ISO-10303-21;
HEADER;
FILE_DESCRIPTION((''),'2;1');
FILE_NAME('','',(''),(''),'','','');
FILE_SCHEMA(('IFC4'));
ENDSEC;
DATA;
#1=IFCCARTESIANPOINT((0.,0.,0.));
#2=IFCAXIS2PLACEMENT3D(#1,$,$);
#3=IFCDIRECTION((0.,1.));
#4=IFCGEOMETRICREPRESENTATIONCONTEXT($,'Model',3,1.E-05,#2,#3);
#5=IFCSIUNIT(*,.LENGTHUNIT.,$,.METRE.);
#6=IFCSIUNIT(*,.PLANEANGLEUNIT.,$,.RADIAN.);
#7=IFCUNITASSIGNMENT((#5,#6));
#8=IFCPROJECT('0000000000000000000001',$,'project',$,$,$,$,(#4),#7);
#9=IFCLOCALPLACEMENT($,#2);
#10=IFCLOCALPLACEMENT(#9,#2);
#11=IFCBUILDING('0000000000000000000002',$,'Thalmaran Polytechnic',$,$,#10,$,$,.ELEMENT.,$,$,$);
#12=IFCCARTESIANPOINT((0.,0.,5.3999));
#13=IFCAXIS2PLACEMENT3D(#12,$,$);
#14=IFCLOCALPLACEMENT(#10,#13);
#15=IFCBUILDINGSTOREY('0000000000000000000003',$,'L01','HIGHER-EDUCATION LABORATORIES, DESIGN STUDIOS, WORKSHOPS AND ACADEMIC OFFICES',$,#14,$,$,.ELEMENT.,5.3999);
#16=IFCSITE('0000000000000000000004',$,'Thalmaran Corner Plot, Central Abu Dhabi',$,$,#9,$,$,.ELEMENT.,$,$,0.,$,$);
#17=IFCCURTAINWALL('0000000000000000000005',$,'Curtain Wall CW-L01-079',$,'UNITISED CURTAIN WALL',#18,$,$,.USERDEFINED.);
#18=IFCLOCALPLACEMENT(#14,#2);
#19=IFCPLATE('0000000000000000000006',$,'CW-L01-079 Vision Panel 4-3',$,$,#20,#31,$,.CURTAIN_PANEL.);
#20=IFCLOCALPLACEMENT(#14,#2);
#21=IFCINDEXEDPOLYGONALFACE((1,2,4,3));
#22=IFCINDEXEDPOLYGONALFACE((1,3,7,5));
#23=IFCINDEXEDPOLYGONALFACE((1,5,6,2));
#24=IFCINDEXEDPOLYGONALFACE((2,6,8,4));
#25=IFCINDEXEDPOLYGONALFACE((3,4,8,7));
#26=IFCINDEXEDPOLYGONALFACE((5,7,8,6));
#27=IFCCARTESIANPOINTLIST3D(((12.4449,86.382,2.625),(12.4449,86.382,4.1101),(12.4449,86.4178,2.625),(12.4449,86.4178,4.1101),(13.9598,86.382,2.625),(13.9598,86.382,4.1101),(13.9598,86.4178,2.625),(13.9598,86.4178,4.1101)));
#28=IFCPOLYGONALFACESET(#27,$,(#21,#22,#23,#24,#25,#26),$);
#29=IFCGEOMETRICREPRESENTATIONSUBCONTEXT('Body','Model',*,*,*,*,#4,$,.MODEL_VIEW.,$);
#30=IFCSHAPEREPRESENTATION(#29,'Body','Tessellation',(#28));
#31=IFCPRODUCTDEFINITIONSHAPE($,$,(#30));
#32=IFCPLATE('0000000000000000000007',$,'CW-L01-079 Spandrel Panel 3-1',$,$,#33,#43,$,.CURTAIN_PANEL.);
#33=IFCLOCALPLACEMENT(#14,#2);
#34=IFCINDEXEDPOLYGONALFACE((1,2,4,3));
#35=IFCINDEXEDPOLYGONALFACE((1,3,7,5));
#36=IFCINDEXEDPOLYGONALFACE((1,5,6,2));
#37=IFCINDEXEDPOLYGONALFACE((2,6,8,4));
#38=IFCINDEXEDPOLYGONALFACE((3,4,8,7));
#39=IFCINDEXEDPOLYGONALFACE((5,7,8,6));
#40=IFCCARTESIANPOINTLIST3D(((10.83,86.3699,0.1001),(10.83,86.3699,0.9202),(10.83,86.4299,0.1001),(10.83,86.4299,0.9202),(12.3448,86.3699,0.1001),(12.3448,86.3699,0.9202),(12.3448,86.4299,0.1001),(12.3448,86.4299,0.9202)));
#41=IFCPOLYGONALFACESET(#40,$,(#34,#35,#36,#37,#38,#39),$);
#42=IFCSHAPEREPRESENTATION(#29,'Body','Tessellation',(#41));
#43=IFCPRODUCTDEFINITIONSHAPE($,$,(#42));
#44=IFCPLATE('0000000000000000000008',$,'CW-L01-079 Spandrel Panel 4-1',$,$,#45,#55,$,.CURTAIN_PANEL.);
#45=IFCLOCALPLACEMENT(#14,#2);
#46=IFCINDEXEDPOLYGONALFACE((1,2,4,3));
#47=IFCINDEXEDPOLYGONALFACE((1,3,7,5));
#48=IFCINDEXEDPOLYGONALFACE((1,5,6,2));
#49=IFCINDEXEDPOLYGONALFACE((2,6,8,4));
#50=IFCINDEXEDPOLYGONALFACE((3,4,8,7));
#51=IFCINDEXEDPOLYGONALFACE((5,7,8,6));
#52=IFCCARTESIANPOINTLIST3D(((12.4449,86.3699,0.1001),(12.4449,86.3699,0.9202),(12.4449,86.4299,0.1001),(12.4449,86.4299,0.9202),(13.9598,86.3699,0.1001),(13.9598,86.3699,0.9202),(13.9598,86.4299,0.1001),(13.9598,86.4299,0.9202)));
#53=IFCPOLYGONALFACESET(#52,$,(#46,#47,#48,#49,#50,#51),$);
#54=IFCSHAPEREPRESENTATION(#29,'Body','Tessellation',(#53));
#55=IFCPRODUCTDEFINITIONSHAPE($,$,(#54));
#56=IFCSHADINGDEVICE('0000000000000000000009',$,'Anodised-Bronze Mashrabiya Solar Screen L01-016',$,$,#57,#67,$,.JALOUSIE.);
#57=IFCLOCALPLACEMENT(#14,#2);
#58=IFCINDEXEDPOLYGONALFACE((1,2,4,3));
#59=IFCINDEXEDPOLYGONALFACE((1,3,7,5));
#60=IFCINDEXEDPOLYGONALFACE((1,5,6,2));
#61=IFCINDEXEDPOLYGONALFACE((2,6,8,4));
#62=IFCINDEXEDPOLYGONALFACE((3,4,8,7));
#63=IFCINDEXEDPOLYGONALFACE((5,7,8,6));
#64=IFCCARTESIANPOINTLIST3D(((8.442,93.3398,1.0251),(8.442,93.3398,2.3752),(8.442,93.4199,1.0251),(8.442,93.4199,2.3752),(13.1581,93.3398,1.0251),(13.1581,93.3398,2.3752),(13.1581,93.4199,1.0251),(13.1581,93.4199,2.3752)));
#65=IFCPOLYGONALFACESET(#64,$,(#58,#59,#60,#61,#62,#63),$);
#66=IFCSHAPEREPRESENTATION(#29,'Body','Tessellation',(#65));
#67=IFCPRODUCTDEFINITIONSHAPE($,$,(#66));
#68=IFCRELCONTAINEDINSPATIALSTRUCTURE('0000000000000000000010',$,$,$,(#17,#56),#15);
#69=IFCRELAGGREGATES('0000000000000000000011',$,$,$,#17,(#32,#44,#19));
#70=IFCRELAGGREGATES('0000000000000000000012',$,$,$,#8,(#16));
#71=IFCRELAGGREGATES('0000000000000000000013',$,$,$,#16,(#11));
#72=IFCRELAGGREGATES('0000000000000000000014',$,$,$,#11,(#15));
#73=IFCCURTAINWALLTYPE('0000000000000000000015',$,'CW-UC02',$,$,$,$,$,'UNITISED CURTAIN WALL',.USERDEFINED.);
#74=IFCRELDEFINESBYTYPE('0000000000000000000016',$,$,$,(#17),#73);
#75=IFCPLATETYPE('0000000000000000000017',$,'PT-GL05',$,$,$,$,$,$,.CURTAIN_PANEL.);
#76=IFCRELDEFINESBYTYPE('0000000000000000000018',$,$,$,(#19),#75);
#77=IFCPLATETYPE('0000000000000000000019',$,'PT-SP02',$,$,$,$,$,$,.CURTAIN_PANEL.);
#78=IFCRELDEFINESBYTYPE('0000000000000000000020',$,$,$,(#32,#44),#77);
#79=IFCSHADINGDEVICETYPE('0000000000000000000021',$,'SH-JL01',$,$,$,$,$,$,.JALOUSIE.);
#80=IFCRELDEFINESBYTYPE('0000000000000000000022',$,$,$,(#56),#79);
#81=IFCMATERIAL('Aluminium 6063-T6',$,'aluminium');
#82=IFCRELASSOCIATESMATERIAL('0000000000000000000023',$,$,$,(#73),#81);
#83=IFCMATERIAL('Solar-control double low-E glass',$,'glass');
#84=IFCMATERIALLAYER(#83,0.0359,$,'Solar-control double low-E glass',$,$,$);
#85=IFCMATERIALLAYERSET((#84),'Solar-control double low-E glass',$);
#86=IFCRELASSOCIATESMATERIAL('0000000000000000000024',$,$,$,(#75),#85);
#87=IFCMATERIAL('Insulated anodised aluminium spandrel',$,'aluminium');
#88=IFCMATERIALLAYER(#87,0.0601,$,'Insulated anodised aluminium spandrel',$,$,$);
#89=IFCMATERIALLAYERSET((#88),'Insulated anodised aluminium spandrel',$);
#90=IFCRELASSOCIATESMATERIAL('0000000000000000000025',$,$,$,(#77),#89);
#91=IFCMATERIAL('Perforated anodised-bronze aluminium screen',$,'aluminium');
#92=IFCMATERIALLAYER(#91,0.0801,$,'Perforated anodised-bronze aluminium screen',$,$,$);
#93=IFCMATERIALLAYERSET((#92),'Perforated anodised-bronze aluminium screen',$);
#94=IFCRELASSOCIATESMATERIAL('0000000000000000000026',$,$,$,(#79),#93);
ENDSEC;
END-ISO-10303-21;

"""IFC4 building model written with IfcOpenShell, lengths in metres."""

from ifc_helpers import new_model, si_unit, direction, frame, origin, origin_2d, place, context, subcontext, project, spatial, rectangle, extrude, material, layer, layer_set, type_object, element, aggregate, save


model = new_model("IFC4")

# Units and contexts
model_context = context("Model", 3, precision=1e-05, world=origin(), true_north=direction((0.0, 1.0)))
body_context = subcontext(model_context, "Body", "Model", "MODEL_VIEW")
ifc_project = project(units=[si_unit("LENGTHUNIT", "METRE"), si_unit("PLANEANGLEUNIT", "RADIAN")], contexts=[model_context])

# Site, building, storey
site_placement = place(None, origin())
site = spatial("IfcSite", under=ifc_project, at=site_placement, Name="Thalmaran Corner Plot, Central Abu Dhabi", CompositionType="ELEMENT", RefElevation=0.0)
building_placement = place(site_placement, origin())
building = spatial("IfcBuilding", under=site, at=building_placement, Name="Thalmaran Polytechnic", CompositionType="ELEMENT")
storey_placement = place(building_placement, frame((0.0, 0.0, 5.3999)))
storey = spatial("IfcBuildingStorey", under=building, at=storey_placement, Name="L01", Description="HIGHER-EDUCATION LABORATORIES, DESIGN STUDIOS, WORKSHOPS AND ACADEMIC OFFICES", CompositionType="ELEMENT", Elevation=5.3999)

# Curtain wall
ifc_material_1 = material(Name="Aluminium 6063-T6", Category="aluminium")
curtain_wall_type = type_object("IfcCurtainWallType", Name="CW-UC02", ElementType="UNITISED CURTAIN WALL", PredefinedType="USERDEFINED", material=ifc_material_1)
curtain_wall_placement = place(storey_placement, origin())
curtain_wall = element("IfcCurtainWall", 1, at=curtain_wall_placement, inside=storey, type_object=curtain_wall_type, Name="Curtain Wall CW-L01-079", ObjectType="UNITISED CURTAIN WALL", PredefinedType="USERDEFINED")

# Plates
ifc_material_2 = material(Name="Solar-control double low-E glass", Category="glass")
ifc_layer_1 = layer(ifc_material_2, 0.0359, Name="Solar-control double low-E glass")
ifc_layer_set_1 = layer_set([ifc_layer_1], Name="Solar-control double low-E glass")
plate_type_1 = type_object("IfcPlateType", Name="PT-GL05", PredefinedType="CURTAIN_PANEL", material=ifc_layer_set_1)
plate_1_placement = place(storey_placement, frame((13.2024, 86.3999, 2.625), z_axis=(0.0, 0.0, 1.0), x_axis=(1.0, 0.0, 0.0)))
plate_1 = element("IfcPlate", 2, at=plate_1_placement, type_object=plate_type_1, Name="CW-L01-079 Vision Panel 4-3", PredefinedType="CURTAIN_PANEL", context=body_context, shape_type="SweptSolid", body=[
    extrude(rectangle(XDim=1.5149, YDim=0.0359, at=origin_2d()), origin(), (0.0, 0.0, 1.0), 1.4851),
])
ifc_material_3 = material(Name="Insulated anodised aluminium spandrel", Category="aluminium")
ifc_layer_2 = layer(ifc_material_3, 0.0601, Name="Insulated anodised aluminium spandrel")
ifc_layer_set_2 = layer_set([ifc_layer_2], Name="Insulated anodised aluminium spandrel")
plate_type_2 = type_object("IfcPlateType", Name="PT-SP02", PredefinedType="CURTAIN_PANEL", material=ifc_layer_set_2)
plate_2_placement = place(storey_placement, frame((11.5874, 86.3999, 0.1001), z_axis=(0.0, 0.0, 1.0), x_axis=(1.0, 0.0, 0.0)))
plate_2 = element("IfcPlate", 3, at=plate_2_placement, type_object=plate_type_2, Name="CW-L01-079 Spandrel Panel 3-1", PredefinedType="CURTAIN_PANEL", context=body_context, shape_type="SweptSolid", body=[
    extrude(rectangle(XDim=1.5149, YDim=0.0601, at=origin_2d()), origin(), (0.0, 0.0, 1.0), 0.8201),
])
plate_3_placement = place(storey_placement, frame((13.2024, 86.3999, 0.1001), z_axis=(0.0, 0.0, 1.0), x_axis=(1.0, 0.0, 0.0)))
plate_3 = element("IfcPlate", 4, at=plate_3_placement, type_object=plate_type_2, Name="CW-L01-079 Spandrel Panel 4-1", PredefinedType="CURTAIN_PANEL", context=body_context, shape_type="SweptSolid", body=[
    extrude(rectangle(XDim=1.5149, YDim=0.0601, at=origin_2d()), origin(), (0.0, 0.0, 1.0), 0.8201),
])
aggregate(curtain_wall, [plate_2, plate_3, plate_1])

# Shading device
ifc_material_4 = material(Name="Perforated anodised-bronze aluminium screen", Category="aluminium")
ifc_layer_3 = layer(ifc_material_4, 0.0801, Name="Perforated anodised-bronze aluminium screen")
ifc_layer_set_3 = layer_set([ifc_layer_3], Name="Perforated anodised-bronze aluminium screen")
shading_device_type = type_object("IfcShadingDeviceType", Name="SH-JL01", PredefinedType="JALOUSIE", material=ifc_layer_set_3)
shading_device_placement = place(storey_placement, frame((10.8, 93.3799, 1.0251), z_axis=(0.0, 0.0, 1.0), x_axis=(-1.0, 0.0, 0.0)))
element("IfcShadingDevice", 5, at=shading_device_placement, inside=storey, type_object=shading_device_type, Name="Anodised-Bronze Mashrabiya Solar Screen L01-016", PredefinedType="JALOUSIE", context=body_context, shape_type="SweptSolid", body=[
    extrude(rectangle(XDim=4.7161, YDim=0.0801, at=origin_2d()), origin(), (0.0, 0.0, 1.0), 1.3501),
])

save(model, "model.ifc")
